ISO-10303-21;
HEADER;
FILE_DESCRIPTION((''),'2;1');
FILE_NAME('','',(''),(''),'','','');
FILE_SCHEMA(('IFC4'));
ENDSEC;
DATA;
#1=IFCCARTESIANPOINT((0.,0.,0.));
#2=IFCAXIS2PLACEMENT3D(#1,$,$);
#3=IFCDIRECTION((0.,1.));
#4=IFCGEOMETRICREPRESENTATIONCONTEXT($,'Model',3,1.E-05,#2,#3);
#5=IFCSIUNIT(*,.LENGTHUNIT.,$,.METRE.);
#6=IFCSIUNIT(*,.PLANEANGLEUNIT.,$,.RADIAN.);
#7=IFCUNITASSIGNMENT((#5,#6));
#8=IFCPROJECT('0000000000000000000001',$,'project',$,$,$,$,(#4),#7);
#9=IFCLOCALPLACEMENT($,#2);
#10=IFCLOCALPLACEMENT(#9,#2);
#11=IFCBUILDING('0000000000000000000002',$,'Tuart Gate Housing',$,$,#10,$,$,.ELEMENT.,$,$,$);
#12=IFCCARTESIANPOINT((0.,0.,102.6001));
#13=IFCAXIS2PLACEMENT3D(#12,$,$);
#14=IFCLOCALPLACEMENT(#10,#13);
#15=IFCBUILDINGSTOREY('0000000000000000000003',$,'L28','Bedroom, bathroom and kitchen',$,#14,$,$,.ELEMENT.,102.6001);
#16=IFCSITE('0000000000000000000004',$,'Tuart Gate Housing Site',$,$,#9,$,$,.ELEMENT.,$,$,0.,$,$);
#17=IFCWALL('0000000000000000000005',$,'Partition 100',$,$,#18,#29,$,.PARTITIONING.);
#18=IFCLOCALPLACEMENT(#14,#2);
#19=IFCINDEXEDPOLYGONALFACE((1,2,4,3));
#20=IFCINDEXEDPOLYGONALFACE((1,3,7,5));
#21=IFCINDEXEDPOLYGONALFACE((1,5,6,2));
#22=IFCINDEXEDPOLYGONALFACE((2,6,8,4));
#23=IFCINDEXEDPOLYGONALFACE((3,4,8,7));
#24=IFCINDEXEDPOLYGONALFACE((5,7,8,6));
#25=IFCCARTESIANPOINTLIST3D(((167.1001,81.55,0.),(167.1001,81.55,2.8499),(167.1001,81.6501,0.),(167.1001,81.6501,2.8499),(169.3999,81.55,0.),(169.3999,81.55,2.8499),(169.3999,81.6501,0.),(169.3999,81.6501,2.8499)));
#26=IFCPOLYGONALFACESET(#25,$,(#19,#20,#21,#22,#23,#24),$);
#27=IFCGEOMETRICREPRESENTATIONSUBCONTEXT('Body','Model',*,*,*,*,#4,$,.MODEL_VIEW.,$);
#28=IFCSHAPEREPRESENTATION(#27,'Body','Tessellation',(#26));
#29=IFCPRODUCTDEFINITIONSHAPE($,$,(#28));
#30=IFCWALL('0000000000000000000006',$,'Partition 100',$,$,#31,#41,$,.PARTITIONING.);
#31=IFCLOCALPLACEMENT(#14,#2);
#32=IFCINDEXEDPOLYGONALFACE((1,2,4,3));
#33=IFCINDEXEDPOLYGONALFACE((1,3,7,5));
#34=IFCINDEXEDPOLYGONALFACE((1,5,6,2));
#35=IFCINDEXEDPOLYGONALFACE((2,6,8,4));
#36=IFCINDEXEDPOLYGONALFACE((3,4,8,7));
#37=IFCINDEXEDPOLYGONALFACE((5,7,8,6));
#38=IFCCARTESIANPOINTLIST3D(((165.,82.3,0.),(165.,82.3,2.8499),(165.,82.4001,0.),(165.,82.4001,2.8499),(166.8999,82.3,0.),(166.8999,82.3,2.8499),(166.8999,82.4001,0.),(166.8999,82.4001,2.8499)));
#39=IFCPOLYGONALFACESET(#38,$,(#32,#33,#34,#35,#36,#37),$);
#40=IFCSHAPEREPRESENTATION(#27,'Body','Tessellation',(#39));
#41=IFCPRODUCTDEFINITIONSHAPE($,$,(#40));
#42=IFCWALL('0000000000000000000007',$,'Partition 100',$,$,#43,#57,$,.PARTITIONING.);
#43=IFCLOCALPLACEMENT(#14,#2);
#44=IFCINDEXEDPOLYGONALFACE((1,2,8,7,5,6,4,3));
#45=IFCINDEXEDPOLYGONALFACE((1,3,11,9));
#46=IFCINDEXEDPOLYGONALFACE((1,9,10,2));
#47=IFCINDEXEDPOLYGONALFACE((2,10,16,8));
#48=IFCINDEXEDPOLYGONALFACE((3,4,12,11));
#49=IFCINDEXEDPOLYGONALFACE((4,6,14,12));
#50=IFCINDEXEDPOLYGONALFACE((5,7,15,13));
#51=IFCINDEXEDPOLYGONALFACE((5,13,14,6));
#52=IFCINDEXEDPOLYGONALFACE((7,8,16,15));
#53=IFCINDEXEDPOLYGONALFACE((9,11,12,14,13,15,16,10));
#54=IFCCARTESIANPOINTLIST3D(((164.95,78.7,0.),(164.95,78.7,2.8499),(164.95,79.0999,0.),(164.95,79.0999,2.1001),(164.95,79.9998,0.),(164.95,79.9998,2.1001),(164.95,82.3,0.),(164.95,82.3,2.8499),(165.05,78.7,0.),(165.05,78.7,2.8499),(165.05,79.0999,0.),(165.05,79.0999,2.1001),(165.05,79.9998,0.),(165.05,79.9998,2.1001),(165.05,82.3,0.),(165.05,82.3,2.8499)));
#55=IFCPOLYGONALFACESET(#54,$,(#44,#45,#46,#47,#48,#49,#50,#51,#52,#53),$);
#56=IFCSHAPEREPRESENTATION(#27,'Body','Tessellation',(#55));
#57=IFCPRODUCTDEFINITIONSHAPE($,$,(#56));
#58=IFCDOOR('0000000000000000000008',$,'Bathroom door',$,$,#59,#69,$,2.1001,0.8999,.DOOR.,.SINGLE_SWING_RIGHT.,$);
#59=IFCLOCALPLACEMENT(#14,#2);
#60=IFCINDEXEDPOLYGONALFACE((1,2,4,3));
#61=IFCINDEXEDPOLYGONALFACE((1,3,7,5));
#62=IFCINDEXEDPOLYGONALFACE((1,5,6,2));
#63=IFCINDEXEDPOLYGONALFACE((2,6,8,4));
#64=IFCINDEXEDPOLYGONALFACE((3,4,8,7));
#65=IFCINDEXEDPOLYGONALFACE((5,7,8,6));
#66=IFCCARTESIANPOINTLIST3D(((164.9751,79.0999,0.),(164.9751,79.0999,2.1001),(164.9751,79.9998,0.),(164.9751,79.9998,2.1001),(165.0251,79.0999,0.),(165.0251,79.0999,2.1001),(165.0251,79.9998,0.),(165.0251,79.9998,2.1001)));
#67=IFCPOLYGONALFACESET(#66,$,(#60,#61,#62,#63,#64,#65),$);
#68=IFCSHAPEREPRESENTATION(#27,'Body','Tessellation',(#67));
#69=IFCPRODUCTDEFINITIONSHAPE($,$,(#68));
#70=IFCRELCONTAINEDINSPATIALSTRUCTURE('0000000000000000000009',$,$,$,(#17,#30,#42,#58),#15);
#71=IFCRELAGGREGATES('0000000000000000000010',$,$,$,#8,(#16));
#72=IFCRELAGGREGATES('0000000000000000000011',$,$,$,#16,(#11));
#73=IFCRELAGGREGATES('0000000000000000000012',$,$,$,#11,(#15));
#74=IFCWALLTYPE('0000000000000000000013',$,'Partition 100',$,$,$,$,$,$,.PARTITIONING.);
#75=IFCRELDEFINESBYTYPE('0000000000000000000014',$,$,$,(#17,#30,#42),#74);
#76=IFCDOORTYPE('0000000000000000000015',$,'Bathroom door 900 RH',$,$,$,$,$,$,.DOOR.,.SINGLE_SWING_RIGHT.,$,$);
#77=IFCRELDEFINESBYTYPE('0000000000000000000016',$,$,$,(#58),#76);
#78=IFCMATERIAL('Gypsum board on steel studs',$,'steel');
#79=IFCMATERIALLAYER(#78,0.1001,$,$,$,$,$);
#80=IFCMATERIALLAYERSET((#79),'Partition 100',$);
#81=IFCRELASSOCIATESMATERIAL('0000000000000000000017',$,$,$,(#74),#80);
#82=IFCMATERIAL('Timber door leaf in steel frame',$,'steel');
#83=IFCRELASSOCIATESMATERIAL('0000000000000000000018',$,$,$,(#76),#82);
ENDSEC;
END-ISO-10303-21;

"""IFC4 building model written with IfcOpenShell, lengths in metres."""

from ifc_helpers import new_model, si_unit, direction, frame, frame_2d, origin, place, context, subcontext, project, spatial, rectangle, extrude, material, layer, layer_set, type_object, element, fill, save


model = new_model("IFC4")

# Units and contexts
model_context = context("Model", 3, precision=1e-05, world=origin(), true_north=direction((0.0, 1.0)))
body_context = subcontext(model_context, "Body", "Model", "MODEL_VIEW")
ifc_project = project(units=[si_unit("LENGTHUNIT", "METRE"), si_unit("PLANEANGLEUNIT", "RADIAN")], contexts=[model_context])

# Site, building, storey
site_placement = place(None, origin())
site = spatial("IfcSite", under=ifc_project, at=site_placement, Name="Tuart Gate Housing Site", CompositionType="ELEMENT", RefElevation=0.0)
building_placement = place(site_placement, origin())
building = spatial("IfcBuilding", under=site, at=building_placement, Name="Tuart Gate Housing", CompositionType="ELEMENT")
storey_placement = place(building_placement, frame((0.0, 0.0, 102.6001)))
storey = spatial("IfcBuildingStorey", under=building, at=storey_placement, Name="L28", Description="Bedroom, bathroom and kitchen", CompositionType="ELEMENT", Elevation=102.6001)

# Walls
ifc_material_1 = material(Name="Gypsum board on steel studs", Category="steel")
ifc_layer = layer(ifc_material_1, 0.1001)
ifc_layer_set = layer_set([ifc_layer], Name="Partition 100")
wall_type = type_object("IfcWallType", Name="Partition 100", PredefinedType="PARTITIONING", material=ifc_layer_set)
wall_1_placement = place(storey_placement, frame((167.1001, 81.6001, 0.0), z_axis=(0.0, 0.0, 1.0), x_axis=(1.0, 0.0, 0.0)))
element("IfcWall", 1, at=wall_1_placement, inside=storey, type_object=wall_type, Name="Partition 100", PredefinedType="PARTITIONING", context=body_context, shape_type="SweptSolid", body=[
    extrude(rectangle(XDim=2.2998, YDim=0.1001, at=frame_2d((1.1499, 0.0))), origin(), (0.0, 0.0, 1.0), 2.8499),
])
wall_2_placement = place(storey_placement, frame((165.0, 82.3501, 0.0), z_axis=(0.0, 0.0, 1.0), x_axis=(1.0, 0.0, 0.0)))
element("IfcWall", 2, at=wall_2_placement, inside=storey, type_object=wall_type, Name="Partition 100", PredefinedType="PARTITIONING", context=body_context, shape_type="SweptSolid", body=[
    extrude(rectangle(XDim=1.8999, YDim=0.1001, at=frame_2d((0.95, 0.0))), origin(), (0.0, 0.0, 1.0), 2.8499),
])

# Wall, opening, door
wall_3_placement = place(storey_placement, frame((165.0, 78.7, 0.0), z_axis=(0.0, 0.0, 1.0), x_axis=(0.0, 1.0, 0.0)))
wall_3 = element("IfcWall", 3, at=wall_3_placement, inside=storey, type_object=wall_type, Name="Partition 100", PredefinedType="PARTITIONING", context=body_context, shape_type="SweptSolid", body=[
    extrude(rectangle(XDim=3.6001, YDim=0.1001, at=frame_2d((1.8, 0.0))), origin(), (0.0, 0.0, 1.0), 2.8499),
])
opening_placement = place(wall_3_placement, frame((0.3999, 0.0, 0.0)))
opening = element("IfcOpeningElement", 4, at=opening_placement, cuts=wall_3, PredefinedType="OPENING", context=body_context, shape_type="SweptSolid", body=[
    extrude(rectangle(XDim=0.8999, YDim=2.1001, at=frame_2d((0.45, 1.05))), frame((0.0, 0.0601, 0.0), z_axis=(0.0, -1.0, 0.0), x_axis=(1.0, 0.0, 0.0)), (0.0, 0.0, 1.0), 0.1201),
])
ifc_material_2 = material(Name="Timber door leaf in steel frame", Category="steel")
door_type = type_object("IfcDoorType", Name="Bathroom door 900 RH", OperationType="SINGLE_SWING_RIGHT", PredefinedType="DOOR", material=ifc_material_2)
door_placement = place(opening_placement, frame((0.8999, 0.0, 0.0), z_axis=(0.0, 0.0, 1.0), x_axis=(-1.0, 0.0, 0.0)))
door = element("IfcDoor", 5, at=door_placement, inside=storey, type_object=door_type, Name="Bathroom door", OperationType="SINGLE_SWING_RIGHT", OverallHeight=2.1001, OverallWidth=0.8999, PredefinedType="DOOR", context=body_context, shape_type="SweptSolid", body=[
    extrude(rectangle(XDim=0.8999, YDim=2.1001, at=frame_2d((0.45, 1.05))), frame((0.0, 0.0251, 0.0), z_axis=(0.0, -1.0, 0.0), x_axis=(1.0, 0.0, 0.0)), (0.0, 0.0, 1.0), 0.05),
])
fill(opening, door)

save(model, "model.ifc")
